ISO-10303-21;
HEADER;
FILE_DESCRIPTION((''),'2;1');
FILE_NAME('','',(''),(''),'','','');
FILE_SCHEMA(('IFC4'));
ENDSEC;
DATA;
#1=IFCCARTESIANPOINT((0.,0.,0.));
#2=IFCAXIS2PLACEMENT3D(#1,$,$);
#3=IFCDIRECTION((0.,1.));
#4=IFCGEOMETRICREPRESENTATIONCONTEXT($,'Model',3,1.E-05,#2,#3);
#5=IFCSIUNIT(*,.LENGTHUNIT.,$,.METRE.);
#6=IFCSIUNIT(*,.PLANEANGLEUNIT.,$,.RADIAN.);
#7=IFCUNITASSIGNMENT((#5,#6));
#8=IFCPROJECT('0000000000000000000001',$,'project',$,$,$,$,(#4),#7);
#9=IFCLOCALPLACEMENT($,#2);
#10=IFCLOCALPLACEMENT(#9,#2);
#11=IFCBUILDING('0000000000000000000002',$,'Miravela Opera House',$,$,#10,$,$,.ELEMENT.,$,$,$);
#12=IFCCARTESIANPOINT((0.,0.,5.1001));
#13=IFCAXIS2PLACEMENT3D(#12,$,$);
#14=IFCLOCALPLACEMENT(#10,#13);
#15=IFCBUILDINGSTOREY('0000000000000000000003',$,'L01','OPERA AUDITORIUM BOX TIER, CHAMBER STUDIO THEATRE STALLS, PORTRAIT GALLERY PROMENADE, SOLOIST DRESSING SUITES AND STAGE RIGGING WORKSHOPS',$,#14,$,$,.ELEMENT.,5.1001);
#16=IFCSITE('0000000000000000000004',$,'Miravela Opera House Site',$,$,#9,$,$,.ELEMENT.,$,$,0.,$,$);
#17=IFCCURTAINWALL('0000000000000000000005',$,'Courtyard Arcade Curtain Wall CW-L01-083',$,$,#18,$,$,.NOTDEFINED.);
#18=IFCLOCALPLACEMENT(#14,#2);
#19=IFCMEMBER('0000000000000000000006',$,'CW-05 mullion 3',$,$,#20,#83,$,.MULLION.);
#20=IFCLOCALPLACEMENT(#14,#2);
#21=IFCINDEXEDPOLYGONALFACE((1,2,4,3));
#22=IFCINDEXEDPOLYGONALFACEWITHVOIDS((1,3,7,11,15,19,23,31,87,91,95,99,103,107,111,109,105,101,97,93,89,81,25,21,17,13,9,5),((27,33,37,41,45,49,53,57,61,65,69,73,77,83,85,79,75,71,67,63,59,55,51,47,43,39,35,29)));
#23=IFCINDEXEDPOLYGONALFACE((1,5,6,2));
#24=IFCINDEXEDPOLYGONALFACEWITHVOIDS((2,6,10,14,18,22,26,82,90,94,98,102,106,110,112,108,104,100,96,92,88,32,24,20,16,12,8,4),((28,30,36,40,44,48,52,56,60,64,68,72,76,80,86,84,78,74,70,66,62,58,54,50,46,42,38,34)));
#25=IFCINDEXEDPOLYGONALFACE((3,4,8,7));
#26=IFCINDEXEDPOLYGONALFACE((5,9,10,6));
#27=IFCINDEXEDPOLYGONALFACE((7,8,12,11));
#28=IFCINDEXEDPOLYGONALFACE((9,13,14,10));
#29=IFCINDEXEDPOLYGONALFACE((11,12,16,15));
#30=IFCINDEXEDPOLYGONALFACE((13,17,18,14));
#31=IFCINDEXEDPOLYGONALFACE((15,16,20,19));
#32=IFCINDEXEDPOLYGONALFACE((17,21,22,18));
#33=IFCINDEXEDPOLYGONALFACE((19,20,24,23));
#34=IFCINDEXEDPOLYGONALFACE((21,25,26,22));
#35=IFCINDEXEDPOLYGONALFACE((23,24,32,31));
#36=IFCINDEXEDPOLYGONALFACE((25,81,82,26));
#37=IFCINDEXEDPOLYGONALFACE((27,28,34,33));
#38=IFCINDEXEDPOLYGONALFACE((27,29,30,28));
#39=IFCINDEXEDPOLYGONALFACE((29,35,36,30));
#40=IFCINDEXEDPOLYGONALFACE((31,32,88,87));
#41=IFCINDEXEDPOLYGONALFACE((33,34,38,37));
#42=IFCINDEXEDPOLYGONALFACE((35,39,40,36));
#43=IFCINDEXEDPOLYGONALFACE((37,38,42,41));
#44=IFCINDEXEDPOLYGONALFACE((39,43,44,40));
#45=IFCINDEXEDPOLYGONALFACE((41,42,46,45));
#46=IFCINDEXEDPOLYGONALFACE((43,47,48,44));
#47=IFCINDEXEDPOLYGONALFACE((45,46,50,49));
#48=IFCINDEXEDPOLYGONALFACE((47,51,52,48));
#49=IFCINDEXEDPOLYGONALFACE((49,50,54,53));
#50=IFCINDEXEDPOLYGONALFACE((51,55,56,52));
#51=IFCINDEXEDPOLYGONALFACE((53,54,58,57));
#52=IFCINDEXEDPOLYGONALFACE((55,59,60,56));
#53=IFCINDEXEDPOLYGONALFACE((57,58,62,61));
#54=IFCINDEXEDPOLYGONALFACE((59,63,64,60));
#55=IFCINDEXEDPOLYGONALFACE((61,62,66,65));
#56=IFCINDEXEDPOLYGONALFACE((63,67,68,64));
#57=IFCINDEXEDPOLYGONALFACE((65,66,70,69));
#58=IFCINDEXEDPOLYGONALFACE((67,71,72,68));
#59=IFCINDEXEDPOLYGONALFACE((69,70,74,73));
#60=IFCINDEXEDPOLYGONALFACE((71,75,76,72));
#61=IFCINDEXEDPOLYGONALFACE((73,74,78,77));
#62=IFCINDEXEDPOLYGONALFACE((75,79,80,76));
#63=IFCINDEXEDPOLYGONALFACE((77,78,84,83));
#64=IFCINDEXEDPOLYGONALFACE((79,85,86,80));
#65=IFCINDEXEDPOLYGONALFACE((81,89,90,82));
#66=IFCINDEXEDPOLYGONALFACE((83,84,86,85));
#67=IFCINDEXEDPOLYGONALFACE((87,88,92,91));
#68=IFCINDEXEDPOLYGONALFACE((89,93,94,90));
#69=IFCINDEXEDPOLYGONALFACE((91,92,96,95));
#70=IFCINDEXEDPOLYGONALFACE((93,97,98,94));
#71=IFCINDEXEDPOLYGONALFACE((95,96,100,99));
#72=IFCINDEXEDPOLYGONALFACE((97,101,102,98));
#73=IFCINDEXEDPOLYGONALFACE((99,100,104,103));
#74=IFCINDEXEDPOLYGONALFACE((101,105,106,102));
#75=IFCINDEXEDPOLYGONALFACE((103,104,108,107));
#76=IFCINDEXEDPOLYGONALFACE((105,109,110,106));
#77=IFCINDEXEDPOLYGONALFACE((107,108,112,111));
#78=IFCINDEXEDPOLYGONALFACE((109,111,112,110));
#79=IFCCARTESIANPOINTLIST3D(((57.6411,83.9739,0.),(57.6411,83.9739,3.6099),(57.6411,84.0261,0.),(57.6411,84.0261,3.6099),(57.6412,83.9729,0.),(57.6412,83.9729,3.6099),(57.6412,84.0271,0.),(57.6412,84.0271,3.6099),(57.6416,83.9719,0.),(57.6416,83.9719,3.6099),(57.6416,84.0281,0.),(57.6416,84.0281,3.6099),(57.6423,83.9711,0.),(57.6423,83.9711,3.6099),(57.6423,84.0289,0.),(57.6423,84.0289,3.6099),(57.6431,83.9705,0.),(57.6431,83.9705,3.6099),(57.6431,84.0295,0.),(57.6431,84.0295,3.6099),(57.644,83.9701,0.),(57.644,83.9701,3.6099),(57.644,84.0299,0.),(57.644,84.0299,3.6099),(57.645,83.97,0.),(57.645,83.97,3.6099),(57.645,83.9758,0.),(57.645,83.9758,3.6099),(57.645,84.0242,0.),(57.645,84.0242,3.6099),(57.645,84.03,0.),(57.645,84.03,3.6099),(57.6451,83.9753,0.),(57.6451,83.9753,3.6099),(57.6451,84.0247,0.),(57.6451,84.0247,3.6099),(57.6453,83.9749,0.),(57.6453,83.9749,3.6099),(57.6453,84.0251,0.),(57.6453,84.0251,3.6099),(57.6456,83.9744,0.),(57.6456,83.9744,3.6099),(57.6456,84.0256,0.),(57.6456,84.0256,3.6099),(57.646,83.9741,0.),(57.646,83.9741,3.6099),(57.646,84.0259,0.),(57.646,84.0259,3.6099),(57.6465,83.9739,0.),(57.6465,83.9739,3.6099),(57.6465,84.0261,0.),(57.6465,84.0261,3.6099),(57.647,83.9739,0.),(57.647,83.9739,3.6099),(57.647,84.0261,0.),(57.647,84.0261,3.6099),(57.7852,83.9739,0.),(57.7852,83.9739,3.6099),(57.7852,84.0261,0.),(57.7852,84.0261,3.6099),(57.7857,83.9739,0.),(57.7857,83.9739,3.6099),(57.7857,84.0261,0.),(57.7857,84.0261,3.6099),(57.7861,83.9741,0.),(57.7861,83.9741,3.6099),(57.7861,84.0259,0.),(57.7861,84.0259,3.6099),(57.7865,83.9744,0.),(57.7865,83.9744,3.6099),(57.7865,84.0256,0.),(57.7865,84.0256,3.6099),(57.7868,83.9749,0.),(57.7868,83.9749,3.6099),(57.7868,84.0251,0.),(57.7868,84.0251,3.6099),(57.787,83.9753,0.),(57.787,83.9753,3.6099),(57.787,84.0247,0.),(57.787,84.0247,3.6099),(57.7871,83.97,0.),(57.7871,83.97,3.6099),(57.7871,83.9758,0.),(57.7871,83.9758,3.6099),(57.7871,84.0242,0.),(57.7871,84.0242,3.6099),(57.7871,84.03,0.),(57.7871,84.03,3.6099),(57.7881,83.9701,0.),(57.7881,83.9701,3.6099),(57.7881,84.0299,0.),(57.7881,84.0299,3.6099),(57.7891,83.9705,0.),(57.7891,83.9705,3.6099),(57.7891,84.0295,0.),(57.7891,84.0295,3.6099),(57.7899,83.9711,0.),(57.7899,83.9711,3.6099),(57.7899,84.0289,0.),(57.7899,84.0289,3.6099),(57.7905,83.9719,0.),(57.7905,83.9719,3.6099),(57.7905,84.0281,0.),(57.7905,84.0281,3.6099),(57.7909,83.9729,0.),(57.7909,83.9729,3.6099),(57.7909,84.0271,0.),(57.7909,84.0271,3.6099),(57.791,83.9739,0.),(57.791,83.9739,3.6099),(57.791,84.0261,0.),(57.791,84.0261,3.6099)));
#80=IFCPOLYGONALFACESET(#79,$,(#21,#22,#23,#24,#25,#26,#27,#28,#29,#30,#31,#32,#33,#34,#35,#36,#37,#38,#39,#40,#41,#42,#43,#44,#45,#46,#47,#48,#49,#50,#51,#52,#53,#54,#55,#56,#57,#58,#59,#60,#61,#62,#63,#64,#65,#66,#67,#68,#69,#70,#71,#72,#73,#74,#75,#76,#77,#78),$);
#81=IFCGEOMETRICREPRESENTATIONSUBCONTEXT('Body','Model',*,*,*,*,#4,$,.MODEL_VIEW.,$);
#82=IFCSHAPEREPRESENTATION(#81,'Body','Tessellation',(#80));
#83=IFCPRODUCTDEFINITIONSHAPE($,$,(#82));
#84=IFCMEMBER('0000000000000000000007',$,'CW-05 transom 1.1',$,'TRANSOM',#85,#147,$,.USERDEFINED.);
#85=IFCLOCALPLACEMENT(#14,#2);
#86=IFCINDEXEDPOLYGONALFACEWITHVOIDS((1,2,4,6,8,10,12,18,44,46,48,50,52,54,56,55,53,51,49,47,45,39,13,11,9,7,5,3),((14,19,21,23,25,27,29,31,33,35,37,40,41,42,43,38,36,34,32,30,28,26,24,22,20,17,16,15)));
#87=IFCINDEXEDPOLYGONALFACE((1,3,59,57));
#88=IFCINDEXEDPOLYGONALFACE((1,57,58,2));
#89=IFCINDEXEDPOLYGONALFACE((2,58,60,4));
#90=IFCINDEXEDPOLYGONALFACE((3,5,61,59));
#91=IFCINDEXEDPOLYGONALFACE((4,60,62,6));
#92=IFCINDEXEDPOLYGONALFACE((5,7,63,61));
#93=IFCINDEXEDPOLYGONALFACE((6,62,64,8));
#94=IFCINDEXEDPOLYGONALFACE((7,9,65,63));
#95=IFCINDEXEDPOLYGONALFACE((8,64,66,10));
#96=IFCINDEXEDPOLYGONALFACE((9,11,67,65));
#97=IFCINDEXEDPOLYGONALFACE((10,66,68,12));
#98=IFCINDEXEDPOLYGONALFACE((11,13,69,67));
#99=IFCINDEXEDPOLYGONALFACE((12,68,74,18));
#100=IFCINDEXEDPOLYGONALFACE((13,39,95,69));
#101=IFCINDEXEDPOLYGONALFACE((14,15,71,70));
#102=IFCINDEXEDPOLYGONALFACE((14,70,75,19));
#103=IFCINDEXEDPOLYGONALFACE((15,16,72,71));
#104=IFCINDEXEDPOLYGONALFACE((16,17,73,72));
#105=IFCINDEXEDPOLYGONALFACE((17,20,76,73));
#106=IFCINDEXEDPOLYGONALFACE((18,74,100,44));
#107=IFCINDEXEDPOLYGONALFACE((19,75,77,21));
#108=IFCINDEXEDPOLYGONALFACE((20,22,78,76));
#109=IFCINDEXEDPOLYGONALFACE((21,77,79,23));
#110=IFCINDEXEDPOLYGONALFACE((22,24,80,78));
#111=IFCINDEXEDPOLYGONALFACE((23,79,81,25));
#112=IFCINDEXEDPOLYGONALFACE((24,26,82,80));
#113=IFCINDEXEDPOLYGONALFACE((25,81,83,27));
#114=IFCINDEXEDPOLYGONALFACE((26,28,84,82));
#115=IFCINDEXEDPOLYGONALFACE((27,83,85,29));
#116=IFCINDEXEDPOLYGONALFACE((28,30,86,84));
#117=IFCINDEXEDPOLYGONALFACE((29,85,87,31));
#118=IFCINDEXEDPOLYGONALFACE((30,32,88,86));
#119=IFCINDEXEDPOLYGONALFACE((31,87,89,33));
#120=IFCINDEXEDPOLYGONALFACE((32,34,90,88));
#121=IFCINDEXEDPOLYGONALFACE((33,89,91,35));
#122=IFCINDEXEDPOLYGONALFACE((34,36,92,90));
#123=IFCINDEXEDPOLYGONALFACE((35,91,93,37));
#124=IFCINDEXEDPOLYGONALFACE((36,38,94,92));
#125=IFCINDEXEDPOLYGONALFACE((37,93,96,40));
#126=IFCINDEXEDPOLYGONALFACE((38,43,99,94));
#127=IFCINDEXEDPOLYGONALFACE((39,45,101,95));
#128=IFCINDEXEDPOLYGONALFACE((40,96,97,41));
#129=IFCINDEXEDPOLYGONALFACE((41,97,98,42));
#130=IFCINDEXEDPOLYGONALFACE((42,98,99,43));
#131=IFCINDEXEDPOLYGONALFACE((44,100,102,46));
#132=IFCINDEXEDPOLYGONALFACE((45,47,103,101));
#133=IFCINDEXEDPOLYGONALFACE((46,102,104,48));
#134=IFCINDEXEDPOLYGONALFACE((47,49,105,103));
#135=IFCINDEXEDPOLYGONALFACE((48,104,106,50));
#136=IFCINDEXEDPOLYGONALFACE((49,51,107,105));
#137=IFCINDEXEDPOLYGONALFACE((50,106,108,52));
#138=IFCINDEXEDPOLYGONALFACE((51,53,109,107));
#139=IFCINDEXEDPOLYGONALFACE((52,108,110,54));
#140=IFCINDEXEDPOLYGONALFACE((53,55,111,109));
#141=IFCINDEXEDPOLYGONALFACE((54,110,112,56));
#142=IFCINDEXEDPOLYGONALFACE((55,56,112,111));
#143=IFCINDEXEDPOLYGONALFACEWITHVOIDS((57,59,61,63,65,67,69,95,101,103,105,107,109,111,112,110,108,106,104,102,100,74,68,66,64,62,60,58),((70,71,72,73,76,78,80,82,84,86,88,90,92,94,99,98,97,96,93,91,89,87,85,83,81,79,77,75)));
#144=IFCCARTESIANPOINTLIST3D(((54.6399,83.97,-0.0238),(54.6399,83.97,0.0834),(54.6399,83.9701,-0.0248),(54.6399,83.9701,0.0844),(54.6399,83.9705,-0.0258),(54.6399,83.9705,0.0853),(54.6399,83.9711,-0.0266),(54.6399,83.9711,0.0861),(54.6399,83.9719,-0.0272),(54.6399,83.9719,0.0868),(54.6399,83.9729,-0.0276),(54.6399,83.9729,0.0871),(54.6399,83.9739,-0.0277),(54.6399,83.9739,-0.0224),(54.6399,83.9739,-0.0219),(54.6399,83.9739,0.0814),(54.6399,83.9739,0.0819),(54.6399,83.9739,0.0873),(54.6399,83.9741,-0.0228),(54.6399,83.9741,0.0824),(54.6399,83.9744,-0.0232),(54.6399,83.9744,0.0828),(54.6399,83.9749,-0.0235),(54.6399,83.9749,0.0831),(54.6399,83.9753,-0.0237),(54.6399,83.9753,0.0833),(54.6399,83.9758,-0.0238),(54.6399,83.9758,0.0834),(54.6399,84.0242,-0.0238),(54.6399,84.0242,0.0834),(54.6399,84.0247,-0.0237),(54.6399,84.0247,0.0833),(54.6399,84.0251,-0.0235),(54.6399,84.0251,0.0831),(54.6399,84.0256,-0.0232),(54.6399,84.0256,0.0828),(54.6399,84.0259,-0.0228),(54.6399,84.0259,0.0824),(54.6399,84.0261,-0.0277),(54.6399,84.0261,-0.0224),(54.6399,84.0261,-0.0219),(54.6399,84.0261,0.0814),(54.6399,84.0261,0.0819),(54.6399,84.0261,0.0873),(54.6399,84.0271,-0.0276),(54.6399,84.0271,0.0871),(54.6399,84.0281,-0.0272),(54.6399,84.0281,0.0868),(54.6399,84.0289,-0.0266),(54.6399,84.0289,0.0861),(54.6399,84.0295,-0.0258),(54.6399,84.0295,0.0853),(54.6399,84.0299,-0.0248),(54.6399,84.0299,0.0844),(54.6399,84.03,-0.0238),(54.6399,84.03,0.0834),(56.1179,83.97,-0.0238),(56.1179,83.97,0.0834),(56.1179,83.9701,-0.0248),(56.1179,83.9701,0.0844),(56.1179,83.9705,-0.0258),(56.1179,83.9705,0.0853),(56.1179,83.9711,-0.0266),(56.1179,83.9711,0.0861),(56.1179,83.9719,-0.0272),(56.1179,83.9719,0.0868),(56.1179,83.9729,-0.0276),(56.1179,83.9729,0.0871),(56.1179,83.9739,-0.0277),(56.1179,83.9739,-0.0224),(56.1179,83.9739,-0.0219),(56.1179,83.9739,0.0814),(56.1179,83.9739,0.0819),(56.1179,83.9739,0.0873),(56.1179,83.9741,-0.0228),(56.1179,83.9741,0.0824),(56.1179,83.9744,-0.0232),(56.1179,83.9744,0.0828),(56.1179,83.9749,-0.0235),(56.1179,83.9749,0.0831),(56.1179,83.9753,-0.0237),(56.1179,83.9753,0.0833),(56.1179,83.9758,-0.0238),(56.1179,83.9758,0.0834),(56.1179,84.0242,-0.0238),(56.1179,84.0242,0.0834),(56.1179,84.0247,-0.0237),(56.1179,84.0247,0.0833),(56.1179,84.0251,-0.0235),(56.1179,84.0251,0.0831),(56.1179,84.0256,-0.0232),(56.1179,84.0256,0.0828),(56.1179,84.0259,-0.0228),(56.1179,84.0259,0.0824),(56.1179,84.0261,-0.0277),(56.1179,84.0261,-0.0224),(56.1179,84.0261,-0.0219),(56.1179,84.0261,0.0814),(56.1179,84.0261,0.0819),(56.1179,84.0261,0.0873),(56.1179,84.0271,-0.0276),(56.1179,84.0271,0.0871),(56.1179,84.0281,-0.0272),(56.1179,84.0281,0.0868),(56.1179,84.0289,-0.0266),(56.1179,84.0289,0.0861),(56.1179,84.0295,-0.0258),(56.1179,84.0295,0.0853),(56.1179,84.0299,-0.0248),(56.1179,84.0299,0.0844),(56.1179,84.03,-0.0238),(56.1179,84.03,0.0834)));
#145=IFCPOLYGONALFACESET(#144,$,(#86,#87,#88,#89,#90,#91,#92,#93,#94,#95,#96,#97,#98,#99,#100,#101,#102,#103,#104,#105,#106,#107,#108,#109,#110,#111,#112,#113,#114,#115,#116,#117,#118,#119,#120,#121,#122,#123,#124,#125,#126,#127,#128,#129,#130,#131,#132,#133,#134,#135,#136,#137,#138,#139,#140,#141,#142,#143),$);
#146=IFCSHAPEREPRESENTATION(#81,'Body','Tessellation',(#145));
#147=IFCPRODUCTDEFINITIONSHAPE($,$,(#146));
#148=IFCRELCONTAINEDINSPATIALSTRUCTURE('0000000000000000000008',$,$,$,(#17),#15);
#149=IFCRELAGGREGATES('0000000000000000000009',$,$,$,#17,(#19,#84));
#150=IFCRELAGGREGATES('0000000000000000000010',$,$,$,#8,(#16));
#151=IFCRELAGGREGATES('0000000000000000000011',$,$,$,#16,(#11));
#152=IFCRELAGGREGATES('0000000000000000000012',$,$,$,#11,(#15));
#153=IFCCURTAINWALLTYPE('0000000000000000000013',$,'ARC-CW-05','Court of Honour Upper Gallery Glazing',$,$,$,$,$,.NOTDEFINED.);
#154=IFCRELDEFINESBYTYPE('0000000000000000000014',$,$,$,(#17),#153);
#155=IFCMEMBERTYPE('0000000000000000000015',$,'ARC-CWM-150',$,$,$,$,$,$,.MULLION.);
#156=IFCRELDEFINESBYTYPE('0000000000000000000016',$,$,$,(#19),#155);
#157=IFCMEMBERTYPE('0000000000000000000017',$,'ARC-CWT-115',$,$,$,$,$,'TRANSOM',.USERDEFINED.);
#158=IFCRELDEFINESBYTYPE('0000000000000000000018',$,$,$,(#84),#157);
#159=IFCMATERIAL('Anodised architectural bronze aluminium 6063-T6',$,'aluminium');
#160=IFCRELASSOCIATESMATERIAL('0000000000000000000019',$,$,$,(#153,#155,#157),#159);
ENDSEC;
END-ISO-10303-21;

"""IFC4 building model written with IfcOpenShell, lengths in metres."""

from ifc_helpers import new_model, si_unit, direction, frame, origin, origin_2d, place, context, subcontext, project, spatial, hollow_rectangle, extrude, material, material_profile, profile_set, type_object, element, aggregate, save


model = new_model("IFC4")

# Units and contexts
model_context = context("Model", 3, precision=1e-05, world=origin(), true_north=direction((0.0, 1.0)))
body_context = subcontext(model_context, "Body", "Model", "MODEL_VIEW")
ifc_project = project(units=[si_unit("LENGTHUNIT", "METRE"), si_unit("PLANEANGLEUNIT", "RADIAN")], contexts=[model_context])

# Site, building, storey
site_placement = place(None, origin())
site = spatial("IfcSite", under=ifc_project, at=site_placement, Name="Miravela Opera House Site", CompositionType="ELEMENT", RefElevation=0.0)
building_placement = place(site_placement, origin())
building = spatial("IfcBuilding", under=site, at=building_placement, Name="Miravela Opera House", CompositionType="ELEMENT")
storey_placement = place(building_placement, frame((0.0, 0.0, 5.1001)))
storey = spatial("IfcBuildingStorey", under=building, at=storey_placement, Name="L01", Description="OPERA AUDITORIUM BOX TIER, CHAMBER STUDIO THEATRE STALLS, PORTRAIT GALLERY PROMENADE, SOLOIST DRESSING SUITES AND STAGE RIGGING WORKSHOPS", CompositionType="ELEMENT", Elevation=5.1001)

# Curtain wall, members
ifc_material_1 = material(Name="Anodised architectural bronze aluminium 6063-T6", Category="aluminium")
curtain_wall_type = type_object("IfcCurtainWallType", Name="ARC-CW-05", Description="Court of Honour Upper Gallery Glazing", PredefinedType="NOTDEFINED", material=ifc_material_1)
curtain_wall_placement = place(storey_placement, origin())
curtain_wall = element("IfcCurtainWall", 1, at=curtain_wall_placement, inside=storey, type_object=curtain_wall_type, Name="Courtyard Arcade Curtain Wall CW-L01-083", PredefinedType="NOTDEFINED")
ifc_material_profile_1 = material_profile(ifc_material_1, hollow_rectangle(XDim=0.0601, YDim=0.1499, WallThickness=0.0039, InnerFilletRadius=0.002, OuterFilletRadius=0.0039, at=origin_2d()), Name="CWM-60X150")
ifc_profile_set_1 = profile_set([ifc_material_profile_1])
member_type_1 = type_object("IfcMemberType", Name="ARC-CWM-150", PredefinedType="MULLION", material=ifc_profile_set_1)
member_1_placement = place(storey_placement, frame((57.7161, 84.0, 0.0), z_axis=(0.0, 0.0, 1.0), x_axis=(0.0, 1.0, 0.0)))
member_1 = element("IfcMember", 2, at=member_1_placement, type_object=member_type_1, Name="CW-05 mullion 3", PredefinedType="MULLION", context=body_context, shape_type="SweptSolid", body=[
    extrude(hollow_rectangle(XDim=0.0601, YDim=0.1499, WallThickness=0.0039, InnerFilletRadius=0.002, OuterFilletRadius=0.0039, at=origin_2d()), origin(), (0.0, 0.0, 1.0), 3.6099),
])
ifc_material_profile_2 = material_profile(ifc_material_1, hollow_rectangle(XDim=0.0601, YDim=0.115, WallThickness=0.0039, InnerFilletRadius=0.002, OuterFilletRadius=0.0039, at=origin_2d()), Name="CWT-60X115")
ifc_profile_set_2 = profile_set([ifc_material_profile_2])
member_type_2 = type_object("IfcMemberType", Name="ARC-CWT-115", ElementType="TRANSOM", PredefinedType="USERDEFINED", material=ifc_profile_set_2)
member_2_placement = place(storey_placement, frame((54.6399, 84.0, 0.0298), z_axis=(1.0, 0.0, 0.0), x_axis=(0.0, 1.0, 0.0)))
member_2 = element("IfcMember", 3, at=member_2_placement, type_object=member_type_2, Name="CW-05 transom 1.1", ObjectType="TRANSOM", PredefinedType="USERDEFINED", context=body_context, shape_type="SweptSolid", body=[
    extrude(hollow_rectangle(XDim=0.0601, YDim=0.115, WallThickness=0.0039, InnerFilletRadius=0.002, OuterFilletRadius=0.0039, at=origin_2d()), origin(), (0.0, 0.0, 1.0), 1.478),
])
aggregate(curtain_wall, [member_1, member_2])

save(model, "model.ifc")
